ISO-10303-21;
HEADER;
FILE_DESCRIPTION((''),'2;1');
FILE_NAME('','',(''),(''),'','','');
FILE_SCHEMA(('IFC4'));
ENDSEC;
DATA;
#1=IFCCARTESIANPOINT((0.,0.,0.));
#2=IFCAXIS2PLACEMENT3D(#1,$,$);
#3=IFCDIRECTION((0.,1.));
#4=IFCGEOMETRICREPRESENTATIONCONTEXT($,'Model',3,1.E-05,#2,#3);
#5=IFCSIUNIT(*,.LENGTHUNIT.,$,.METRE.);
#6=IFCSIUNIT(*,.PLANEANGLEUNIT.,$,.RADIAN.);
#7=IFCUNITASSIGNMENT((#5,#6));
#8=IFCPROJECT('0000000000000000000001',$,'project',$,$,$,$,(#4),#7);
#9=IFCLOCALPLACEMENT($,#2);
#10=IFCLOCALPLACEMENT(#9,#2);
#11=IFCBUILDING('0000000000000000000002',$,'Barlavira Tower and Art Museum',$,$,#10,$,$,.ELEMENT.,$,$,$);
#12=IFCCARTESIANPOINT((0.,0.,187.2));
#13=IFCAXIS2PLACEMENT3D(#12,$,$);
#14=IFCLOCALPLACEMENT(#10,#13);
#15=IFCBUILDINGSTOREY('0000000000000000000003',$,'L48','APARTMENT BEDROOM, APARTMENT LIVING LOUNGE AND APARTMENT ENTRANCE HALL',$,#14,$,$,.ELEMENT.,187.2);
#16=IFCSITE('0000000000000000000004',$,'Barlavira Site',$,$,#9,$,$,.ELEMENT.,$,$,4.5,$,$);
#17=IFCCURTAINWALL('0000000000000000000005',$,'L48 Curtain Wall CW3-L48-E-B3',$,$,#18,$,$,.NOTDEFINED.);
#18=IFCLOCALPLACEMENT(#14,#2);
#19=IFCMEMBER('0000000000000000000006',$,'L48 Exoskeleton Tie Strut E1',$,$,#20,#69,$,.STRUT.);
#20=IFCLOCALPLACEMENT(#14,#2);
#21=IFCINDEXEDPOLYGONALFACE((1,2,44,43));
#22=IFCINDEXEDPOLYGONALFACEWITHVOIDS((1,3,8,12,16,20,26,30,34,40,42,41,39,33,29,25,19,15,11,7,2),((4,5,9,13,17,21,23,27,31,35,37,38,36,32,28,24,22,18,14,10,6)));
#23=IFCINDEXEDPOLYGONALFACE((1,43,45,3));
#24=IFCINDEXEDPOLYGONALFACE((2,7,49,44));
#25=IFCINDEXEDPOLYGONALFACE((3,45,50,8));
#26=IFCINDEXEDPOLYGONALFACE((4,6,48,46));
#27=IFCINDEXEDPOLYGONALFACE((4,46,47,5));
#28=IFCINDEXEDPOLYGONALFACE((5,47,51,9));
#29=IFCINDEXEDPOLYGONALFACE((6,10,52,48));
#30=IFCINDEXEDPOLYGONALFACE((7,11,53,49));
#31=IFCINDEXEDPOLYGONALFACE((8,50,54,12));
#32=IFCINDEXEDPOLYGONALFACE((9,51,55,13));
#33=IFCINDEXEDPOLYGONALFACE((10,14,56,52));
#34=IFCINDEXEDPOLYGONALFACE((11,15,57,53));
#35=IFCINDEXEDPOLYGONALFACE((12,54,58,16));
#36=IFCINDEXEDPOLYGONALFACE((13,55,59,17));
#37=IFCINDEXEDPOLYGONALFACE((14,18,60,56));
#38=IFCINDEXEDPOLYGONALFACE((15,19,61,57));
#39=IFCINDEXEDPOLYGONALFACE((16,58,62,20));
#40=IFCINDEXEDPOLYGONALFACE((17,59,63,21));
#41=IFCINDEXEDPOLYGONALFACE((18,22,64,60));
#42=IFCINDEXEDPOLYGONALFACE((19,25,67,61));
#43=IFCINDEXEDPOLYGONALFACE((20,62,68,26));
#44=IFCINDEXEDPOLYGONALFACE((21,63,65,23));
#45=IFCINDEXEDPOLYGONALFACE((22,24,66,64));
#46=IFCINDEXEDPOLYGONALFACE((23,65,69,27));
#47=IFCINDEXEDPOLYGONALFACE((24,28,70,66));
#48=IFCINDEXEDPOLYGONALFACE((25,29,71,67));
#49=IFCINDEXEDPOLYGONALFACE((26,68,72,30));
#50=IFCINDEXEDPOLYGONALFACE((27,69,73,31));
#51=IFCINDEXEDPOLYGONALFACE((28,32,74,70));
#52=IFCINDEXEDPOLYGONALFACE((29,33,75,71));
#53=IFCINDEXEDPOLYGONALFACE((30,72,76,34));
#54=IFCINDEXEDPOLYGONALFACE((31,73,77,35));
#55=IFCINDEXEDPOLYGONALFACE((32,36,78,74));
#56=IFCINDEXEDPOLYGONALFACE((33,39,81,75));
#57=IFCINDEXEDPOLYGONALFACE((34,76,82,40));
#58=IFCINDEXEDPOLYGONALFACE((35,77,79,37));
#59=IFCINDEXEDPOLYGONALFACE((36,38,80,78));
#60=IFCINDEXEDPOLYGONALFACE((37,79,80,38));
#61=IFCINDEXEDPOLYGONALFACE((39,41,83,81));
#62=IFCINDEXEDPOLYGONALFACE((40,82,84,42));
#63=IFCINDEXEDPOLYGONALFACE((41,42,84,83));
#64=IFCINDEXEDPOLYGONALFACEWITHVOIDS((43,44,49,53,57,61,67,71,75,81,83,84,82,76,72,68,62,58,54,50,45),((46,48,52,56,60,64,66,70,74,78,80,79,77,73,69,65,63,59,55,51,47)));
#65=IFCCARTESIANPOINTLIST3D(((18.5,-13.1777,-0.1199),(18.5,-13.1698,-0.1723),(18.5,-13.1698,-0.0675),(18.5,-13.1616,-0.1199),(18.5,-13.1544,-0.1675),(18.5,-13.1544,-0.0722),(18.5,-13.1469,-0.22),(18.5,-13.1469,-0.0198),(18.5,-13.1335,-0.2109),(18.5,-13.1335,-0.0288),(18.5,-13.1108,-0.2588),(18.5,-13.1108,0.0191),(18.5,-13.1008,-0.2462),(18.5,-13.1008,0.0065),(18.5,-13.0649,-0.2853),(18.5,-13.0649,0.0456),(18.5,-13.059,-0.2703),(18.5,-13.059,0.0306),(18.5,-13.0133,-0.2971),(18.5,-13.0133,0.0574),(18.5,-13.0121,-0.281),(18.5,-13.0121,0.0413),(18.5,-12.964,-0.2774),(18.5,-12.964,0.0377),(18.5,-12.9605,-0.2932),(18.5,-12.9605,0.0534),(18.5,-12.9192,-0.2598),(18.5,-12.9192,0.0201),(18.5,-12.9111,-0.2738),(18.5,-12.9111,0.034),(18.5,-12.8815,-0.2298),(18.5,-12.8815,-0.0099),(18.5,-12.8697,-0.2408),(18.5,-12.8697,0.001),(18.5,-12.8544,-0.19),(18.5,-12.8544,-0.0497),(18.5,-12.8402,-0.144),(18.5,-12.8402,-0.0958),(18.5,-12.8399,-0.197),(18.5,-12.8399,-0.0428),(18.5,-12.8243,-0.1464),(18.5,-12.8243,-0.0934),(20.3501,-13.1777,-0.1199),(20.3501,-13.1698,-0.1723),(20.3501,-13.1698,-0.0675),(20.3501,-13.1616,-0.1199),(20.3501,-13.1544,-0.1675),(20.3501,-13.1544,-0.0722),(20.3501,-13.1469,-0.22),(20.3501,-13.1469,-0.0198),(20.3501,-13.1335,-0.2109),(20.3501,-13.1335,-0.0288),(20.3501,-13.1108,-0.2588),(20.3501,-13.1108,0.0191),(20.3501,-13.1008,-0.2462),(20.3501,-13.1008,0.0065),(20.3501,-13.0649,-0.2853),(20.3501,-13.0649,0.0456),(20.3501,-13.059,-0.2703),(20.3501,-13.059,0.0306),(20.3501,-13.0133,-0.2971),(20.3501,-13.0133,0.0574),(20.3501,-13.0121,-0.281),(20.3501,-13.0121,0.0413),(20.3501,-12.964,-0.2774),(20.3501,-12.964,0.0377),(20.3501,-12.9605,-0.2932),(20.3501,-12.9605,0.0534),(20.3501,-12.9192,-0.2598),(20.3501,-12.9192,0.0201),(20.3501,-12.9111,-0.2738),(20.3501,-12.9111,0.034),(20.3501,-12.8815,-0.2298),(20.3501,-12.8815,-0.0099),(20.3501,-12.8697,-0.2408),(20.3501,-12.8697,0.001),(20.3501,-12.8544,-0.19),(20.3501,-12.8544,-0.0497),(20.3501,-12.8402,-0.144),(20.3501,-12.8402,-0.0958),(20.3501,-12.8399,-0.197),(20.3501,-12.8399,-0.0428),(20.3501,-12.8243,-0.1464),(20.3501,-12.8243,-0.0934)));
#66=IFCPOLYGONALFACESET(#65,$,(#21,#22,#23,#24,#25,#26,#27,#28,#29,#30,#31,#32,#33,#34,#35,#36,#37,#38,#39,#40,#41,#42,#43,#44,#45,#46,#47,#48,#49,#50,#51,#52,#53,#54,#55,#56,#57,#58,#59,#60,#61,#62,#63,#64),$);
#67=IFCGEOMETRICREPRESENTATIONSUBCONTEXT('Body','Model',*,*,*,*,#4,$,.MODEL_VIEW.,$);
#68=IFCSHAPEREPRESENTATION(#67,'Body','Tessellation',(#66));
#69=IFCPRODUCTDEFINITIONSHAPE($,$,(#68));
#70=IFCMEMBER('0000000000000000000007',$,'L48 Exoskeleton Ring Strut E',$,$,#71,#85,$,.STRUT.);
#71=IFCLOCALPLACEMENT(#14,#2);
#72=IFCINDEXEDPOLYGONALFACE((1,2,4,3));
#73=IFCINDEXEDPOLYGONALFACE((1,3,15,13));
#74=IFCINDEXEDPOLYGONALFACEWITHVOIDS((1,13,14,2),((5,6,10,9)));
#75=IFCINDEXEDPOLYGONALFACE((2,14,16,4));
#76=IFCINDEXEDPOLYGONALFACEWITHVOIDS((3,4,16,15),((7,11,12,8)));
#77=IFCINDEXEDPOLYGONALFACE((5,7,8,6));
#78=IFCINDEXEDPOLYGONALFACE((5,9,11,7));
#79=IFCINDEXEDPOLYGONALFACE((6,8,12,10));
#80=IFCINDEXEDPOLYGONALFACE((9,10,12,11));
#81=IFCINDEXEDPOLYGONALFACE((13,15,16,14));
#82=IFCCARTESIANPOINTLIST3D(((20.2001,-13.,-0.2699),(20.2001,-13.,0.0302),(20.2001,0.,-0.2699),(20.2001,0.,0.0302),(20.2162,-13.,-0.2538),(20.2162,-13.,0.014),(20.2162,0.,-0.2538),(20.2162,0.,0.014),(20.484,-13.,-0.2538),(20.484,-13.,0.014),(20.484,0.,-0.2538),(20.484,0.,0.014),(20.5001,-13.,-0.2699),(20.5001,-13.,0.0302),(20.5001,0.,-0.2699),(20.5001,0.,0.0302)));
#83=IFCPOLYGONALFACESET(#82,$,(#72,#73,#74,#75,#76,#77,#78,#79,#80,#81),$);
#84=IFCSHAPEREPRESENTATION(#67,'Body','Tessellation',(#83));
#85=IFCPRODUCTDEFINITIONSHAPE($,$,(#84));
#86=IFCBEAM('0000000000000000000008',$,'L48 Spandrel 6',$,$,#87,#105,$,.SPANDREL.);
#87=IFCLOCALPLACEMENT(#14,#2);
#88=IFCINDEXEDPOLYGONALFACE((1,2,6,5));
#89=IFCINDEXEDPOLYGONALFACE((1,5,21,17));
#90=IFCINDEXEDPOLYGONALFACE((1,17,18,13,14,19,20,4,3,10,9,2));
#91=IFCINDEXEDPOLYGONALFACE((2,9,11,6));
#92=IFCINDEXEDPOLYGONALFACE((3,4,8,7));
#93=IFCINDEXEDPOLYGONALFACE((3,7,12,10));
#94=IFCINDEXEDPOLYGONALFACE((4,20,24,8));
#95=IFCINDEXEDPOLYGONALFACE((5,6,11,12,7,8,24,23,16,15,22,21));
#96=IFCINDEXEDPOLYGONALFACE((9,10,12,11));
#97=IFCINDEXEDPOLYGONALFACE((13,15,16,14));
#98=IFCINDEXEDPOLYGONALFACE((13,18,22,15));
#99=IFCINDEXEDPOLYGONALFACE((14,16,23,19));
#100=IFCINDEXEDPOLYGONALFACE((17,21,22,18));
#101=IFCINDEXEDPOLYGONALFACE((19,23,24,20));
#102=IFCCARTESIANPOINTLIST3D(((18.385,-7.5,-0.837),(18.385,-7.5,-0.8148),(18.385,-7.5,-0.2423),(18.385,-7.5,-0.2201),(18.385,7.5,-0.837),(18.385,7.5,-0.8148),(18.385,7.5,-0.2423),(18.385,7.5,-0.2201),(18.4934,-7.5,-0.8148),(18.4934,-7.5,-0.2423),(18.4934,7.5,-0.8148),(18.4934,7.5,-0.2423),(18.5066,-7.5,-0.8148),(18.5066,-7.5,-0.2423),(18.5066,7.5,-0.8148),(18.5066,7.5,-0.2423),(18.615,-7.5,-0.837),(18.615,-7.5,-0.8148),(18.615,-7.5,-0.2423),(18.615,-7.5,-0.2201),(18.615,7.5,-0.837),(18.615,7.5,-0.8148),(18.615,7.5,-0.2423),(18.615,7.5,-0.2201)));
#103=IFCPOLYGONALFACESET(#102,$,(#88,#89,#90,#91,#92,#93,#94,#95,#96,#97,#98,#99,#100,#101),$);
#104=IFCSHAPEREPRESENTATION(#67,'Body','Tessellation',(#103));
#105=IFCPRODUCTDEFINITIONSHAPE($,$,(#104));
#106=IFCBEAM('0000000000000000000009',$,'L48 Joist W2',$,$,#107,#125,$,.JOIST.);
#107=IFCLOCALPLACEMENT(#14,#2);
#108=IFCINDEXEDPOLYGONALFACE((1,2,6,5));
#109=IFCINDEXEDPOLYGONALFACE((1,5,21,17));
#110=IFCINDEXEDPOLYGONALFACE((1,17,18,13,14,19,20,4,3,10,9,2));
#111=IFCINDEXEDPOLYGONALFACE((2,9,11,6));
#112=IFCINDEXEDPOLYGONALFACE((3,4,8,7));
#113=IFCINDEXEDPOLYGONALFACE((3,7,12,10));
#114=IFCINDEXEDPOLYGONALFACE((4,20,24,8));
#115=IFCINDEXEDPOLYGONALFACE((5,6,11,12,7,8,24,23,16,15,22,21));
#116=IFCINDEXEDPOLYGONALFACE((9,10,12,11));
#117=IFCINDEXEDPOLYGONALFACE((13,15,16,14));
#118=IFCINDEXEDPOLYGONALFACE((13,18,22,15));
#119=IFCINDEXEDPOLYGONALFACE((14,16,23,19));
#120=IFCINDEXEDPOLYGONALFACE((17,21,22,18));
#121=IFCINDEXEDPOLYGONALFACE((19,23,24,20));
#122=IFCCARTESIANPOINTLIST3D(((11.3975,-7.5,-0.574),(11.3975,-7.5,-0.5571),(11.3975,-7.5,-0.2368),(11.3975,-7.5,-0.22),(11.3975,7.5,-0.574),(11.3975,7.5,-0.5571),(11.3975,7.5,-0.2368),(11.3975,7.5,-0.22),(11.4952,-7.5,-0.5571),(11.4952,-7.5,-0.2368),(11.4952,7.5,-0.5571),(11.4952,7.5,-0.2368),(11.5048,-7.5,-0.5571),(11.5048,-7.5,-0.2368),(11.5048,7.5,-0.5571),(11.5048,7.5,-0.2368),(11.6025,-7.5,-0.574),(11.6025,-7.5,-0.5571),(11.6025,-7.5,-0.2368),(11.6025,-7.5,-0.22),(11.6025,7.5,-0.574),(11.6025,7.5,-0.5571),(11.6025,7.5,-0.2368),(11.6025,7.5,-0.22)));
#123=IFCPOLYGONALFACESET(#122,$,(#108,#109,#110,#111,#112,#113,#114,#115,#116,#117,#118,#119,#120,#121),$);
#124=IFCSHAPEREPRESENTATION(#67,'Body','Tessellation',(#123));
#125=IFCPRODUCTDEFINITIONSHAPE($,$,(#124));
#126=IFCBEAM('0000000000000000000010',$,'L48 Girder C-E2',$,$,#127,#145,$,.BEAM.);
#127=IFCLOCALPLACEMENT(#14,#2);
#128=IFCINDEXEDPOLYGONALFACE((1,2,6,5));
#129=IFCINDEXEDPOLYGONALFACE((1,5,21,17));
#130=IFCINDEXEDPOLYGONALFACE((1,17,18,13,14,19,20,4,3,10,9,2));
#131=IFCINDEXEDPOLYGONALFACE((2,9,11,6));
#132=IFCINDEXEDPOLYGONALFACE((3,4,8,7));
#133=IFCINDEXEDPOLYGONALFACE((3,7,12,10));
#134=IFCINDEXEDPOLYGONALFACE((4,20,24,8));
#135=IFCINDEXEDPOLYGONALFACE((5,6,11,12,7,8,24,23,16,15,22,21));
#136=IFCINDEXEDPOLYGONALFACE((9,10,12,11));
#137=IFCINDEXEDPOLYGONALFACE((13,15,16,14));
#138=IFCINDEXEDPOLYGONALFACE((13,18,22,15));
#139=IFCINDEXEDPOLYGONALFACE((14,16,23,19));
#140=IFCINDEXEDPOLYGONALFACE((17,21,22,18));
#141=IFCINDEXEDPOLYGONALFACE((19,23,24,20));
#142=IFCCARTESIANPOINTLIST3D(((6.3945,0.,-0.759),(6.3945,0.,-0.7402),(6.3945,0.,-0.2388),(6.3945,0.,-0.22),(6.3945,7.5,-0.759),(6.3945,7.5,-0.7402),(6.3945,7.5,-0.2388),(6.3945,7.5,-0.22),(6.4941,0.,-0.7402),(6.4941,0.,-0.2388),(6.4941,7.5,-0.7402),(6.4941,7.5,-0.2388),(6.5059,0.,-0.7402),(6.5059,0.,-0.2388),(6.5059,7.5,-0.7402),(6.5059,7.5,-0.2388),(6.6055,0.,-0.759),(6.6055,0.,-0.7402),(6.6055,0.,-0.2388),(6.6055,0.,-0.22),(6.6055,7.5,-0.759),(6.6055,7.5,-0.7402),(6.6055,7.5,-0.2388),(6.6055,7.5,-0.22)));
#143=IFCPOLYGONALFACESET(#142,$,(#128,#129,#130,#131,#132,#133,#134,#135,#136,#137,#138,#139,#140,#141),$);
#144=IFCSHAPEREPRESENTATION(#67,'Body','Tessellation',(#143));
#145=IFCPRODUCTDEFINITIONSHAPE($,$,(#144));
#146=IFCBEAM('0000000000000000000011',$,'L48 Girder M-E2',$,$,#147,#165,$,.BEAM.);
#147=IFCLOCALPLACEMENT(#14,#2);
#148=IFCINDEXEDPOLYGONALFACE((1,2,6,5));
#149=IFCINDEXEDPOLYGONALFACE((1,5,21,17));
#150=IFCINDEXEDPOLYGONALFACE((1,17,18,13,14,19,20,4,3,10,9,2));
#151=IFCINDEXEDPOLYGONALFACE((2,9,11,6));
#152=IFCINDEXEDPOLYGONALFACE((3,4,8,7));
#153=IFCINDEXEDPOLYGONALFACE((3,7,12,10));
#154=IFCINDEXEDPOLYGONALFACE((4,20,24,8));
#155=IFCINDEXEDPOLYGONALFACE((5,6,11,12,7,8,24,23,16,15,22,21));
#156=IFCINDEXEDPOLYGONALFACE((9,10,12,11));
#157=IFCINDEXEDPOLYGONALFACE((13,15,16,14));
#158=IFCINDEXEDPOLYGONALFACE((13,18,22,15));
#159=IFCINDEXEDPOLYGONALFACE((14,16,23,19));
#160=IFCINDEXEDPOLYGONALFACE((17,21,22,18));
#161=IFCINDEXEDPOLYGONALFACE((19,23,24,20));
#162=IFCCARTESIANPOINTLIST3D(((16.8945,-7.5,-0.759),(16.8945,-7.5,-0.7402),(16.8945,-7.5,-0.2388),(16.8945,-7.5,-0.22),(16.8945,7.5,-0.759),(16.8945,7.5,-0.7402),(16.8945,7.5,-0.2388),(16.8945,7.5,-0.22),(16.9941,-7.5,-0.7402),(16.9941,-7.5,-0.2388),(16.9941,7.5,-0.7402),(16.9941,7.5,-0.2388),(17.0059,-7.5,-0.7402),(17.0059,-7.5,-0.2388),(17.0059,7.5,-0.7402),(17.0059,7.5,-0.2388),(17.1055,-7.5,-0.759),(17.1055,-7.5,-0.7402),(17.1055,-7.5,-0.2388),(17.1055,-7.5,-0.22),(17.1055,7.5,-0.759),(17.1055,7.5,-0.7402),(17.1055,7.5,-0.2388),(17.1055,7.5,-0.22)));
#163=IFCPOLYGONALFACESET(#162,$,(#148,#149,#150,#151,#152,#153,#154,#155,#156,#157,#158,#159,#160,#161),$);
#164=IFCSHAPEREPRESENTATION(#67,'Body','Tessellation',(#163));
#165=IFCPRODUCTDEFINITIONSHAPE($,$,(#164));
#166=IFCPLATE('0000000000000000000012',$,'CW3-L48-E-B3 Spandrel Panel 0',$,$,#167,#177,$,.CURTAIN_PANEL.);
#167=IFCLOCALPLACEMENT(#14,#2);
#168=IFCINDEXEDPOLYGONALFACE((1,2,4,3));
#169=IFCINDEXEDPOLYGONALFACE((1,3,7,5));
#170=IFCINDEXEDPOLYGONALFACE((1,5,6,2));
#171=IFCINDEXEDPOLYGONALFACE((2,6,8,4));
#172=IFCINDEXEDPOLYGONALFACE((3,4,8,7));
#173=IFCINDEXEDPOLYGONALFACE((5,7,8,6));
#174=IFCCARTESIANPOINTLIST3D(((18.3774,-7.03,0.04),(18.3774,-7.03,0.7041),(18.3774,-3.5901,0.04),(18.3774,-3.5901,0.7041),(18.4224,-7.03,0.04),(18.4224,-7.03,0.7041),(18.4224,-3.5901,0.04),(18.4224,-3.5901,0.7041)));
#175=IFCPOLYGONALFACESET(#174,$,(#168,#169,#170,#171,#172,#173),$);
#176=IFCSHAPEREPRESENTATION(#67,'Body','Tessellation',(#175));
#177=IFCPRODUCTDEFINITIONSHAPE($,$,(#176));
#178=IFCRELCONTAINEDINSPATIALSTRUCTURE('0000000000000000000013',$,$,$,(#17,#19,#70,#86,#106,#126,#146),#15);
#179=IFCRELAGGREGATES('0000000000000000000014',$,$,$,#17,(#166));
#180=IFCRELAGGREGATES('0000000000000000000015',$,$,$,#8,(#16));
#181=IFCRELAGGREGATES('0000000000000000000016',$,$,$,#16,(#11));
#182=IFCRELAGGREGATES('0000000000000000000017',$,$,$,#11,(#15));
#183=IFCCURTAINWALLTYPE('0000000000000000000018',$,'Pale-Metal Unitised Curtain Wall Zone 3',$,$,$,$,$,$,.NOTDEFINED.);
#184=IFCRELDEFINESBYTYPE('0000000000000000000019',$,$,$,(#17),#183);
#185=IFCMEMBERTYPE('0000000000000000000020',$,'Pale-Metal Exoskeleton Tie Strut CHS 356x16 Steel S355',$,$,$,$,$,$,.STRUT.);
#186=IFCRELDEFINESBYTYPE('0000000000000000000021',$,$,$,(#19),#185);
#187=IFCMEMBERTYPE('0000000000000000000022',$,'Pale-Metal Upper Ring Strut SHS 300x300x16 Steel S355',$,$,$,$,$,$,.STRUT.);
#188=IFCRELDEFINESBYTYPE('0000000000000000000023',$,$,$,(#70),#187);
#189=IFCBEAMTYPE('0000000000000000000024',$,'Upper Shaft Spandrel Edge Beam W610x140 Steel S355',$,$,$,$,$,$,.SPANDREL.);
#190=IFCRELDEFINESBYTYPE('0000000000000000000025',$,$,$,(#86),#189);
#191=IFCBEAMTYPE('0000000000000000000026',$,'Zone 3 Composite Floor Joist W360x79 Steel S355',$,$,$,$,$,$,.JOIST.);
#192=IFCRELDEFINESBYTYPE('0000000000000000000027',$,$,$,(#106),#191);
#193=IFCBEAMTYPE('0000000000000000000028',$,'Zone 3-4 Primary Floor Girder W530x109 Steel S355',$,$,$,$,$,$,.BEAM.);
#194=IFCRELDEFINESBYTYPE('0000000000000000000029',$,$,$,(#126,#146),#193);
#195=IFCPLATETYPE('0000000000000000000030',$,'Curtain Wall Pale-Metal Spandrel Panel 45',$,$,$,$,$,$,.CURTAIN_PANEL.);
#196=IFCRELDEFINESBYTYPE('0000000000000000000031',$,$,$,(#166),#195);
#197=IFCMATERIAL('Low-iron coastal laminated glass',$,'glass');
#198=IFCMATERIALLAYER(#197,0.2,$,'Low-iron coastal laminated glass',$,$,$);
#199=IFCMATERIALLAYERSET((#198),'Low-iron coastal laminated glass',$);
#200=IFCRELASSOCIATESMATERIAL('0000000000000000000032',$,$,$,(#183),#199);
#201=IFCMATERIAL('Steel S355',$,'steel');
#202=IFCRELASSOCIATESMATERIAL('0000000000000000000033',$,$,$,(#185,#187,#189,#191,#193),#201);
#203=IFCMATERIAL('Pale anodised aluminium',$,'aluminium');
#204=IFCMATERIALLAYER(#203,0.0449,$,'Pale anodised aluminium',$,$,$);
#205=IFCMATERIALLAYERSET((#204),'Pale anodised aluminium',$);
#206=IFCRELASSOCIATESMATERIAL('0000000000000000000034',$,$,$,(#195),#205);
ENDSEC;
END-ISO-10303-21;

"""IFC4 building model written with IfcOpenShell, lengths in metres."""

from ifc_helpers import new_model, si_unit, direction, frame, origin, origin_2d, place, context, subcontext, project, spatial, rectangle, hollow_rectangle, hollow_circle, i_section, extrude, material, layer, layer_set, material_profile, profile_set, type_object, element, aggregate, save


model = new_model("IFC4")

# Units and contexts
model_context = context("Model", 3, precision=1e-05, world=origin(), true_north=direction((0.0, 1.0)))
body_context = subcontext(model_context, "Body", "Model", "MODEL_VIEW")
ifc_project = project(units=[si_unit("LENGTHUNIT", "METRE"), si_unit("PLANEANGLEUNIT", "RADIAN")], contexts=[model_context])

# Site, building, storey
site_placement = place(None, origin())
site = spatial("IfcSite", under=ifc_project, at=site_placement, Name="Barlavira Site", CompositionType="ELEMENT", RefElevation=4.5)
building_placement = place(site_placement, origin())
building = spatial("IfcBuilding", under=site, at=building_placement, Name="Barlavira Tower and Art Museum", CompositionType="ELEMENT")
storey_placement = place(building_placement, frame((0.0, 0.0, 187.2)))
storey = spatial("IfcBuildingStorey", under=building, at=storey_placement, Name="L48", Description="APARTMENT BEDROOM, APARTMENT LIVING LOUNGE AND APARTMENT ENTRANCE HALL", CompositionType="ELEMENT", Elevation=187.2)

# Curtain wall
ifc_material_1 = material(Name="Low-iron coastal laminated glass", Category="glass")
ifc_layer_1 = layer(ifc_material_1, 0.2, Name="Low-iron coastal laminated glass")
ifc_layer_set_1 = layer_set([ifc_layer_1], Name="Low-iron coastal laminated glass")
curtain_wall_type = type_object("IfcCurtainWallType", Name="Pale-Metal Unitised Curtain Wall Zone 3", PredefinedType="NOTDEFINED", material=ifc_layer_set_1)
curtain_wall_placement = place(storey_placement, origin())
curtain_wall = element("IfcCurtainWall", 1, at=curtain_wall_placement, inside=storey, type_object=curtain_wall_type, Name="L48 Curtain Wall CW3-L48-E-B3", PredefinedType="NOTDEFINED")
ifc_material_2 = material(Name="Pale anodised aluminium", Category="aluminium")

# Members
ifc_material_3 = material(Name="Steel S355", Category="steel")
ifc_material_profile_1 = material_profile(ifc_material_3, hollow_circle(Radius=0.1777, WallThickness=0.0161, at=origin_2d()), Name="CHS 355.6x16.0")
ifc_profile_set_1 = profile_set([ifc_material_profile_1], Name="Steel S355")
member_type_1 = type_object("IfcMemberType", Name="Pale-Metal Exoskeleton Tie Strut CHS 356x16 Steel S355", PredefinedType="STRUT", material=ifc_profile_set_1)
member_1_placement = place(storey_placement, frame((20.3501, -13.0, -0.1199), z_axis=(-1.0, 0.0, 0.0), x_axis=(0.0, -1.0, 0.0)))
element("IfcMember", 2, at=member_1_placement, inside=storey, type_object=member_type_1, Name="L48 Exoskeleton Tie Strut E1", PredefinedType="STRUT", context=body_context, shape_type="SweptSolid", body=[
    extrude(hollow_circle(Radius=0.1777, WallThickness=0.0161, at=origin_2d()), origin(), (0.0, 0.0, 1.0), 1.8501),
])
ifc_material_profile_2 = material_profile(ifc_material_3, hollow_rectangle(XDim=0.3, YDim=0.3, WallThickness=0.0161, at=origin_2d()), Name="SHS 300x300x16.0")
ifc_profile_set_2 = profile_set([ifc_material_profile_2], Name="Steel S355")
member_type_2 = type_object("IfcMemberType", Name="Pale-Metal Upper Ring Strut SHS 300x300x16 Steel S355", PredefinedType="STRUT", material=ifc_profile_set_2)
member_2_placement = place(storey_placement, frame((20.3501, -13.0, -0.1199), z_axis=(0.0, 1.0, 0.0), x_axis=(-1.0, 0.0, 0.0)))
element("IfcMember", 3, at=member_2_placement, inside=storey, type_object=member_type_2, Name="L48 Exoskeleton Ring Strut E", PredefinedType="STRUT", context=body_context, shape_type="SweptSolid", body=[
    extrude(hollow_rectangle(XDim=0.3, YDim=0.3, WallThickness=0.0161, at=origin_2d()), origin(), (0.0, 0.0, 1.0), 13.0),
])

# Beams
ifc_material_profile_3 = material_profile(ifc_material_3, i_section(OverallWidth=0.23, OverallDepth=0.6169, WebThickness=0.0132, FlangeThickness=0.0222, at=origin_2d()), Name="W610x140.0")
ifc_profile_set_3 = profile_set([ifc_material_profile_3], Name="Steel S355")
beam_type_1 = type_object("IfcBeamType", Name="Upper Shaft Spandrel Edge Beam W610x140 Steel S355", PredefinedType="SPANDREL", material=ifc_profile_set_3)
beam_1_placement = place(storey_placement, frame((18.5, -7.5, -0.5286), z_axis=(0.0, 1.0, 0.0), x_axis=(-1.0, 0.0, 0.0)))
element("IfcBeam", 4, at=beam_1_placement, inside=storey, type_object=beam_type_1, Name="L48 Spandrel 6", PredefinedType="SPANDREL", context=body_context, shape_type="SweptSolid", body=[
    extrude(i_section(OverallWidth=0.23, OverallDepth=0.6169, WebThickness=0.0132, FlangeThickness=0.0222, at=origin_2d()), origin(), (0.0, 0.0, 1.0), 15.0),
])
ifc_material_profile_4 = material_profile(ifc_material_3, i_section(OverallWidth=0.2051, OverallDepth=0.354, WebThickness=0.0095, FlangeThickness=0.0168, at=origin_2d()), Name="W360x79.0")
ifc_profile_set_4 = profile_set([ifc_material_profile_4], Name="Steel S355")
beam_type_2 = type_object("IfcBeamType", Name="Zone 3 Composite Floor Joist W360x79 Steel S355", PredefinedType="JOIST", material=ifc_profile_set_4)
beam_2_placement = place(storey_placement, frame((11.5, -7.5, -0.397), z_axis=(0.0, 1.0, 0.0), x_axis=(-1.0, 0.0, 0.0)))
element("IfcBeam", 5, at=beam_2_placement, inside=storey, type_object=beam_type_2, Name="L48 Joist W2", PredefinedType="JOIST", context=body_context, shape_type="SweptSolid", body=[
    extrude(i_section(OverallWidth=0.2051, OverallDepth=0.354, WebThickness=0.0095, FlangeThickness=0.0168, at=origin_2d()), origin(), (0.0, 0.0, 1.0), 15.0),
])
ifc_material_profile_5 = material_profile(ifc_material_3, i_section(OverallWidth=0.2109, OverallDepth=0.5391, WebThickness=0.0117, FlangeThickness=0.0188, at=origin_2d()), Name="W530x109.0")
ifc_profile_set_5 = profile_set([ifc_material_profile_5], Name="Steel S355")
beam_type_3 = type_object("IfcBeamType", Name="Zone 3-4 Primary Floor Girder W530x109 Steel S355", PredefinedType="BEAM", material=ifc_profile_set_5)
beam_3_placement = place(storey_placement, frame((6.5, 0.0, -0.4895), z_axis=(0.0, 1.0, 0.0), x_axis=(-1.0, 0.0, 0.0)))
element("IfcBeam", 6, at=beam_3_placement, inside=storey, type_object=beam_type_3, Name="L48 Girder C-E2", PredefinedType="BEAM", context=body_context, shape_type="SweptSolid", body=[
    extrude(i_section(OverallWidth=0.2109, OverallDepth=0.5391, WebThickness=0.0117, FlangeThickness=0.0188, at=origin_2d()), origin(), (0.0, 0.0, 1.0), 7.5),
])
beam_4_placement = place(storey_placement, frame((17.0, -7.5, -0.4895), z_axis=(0.0, 1.0, 0.0), x_axis=(-1.0, 0.0, 0.0)))
element("IfcBeam", 7, at=beam_4_placement, inside=storey, type_object=beam_type_3, Name="L48 Girder M-E2", PredefinedType="BEAM", context=body_context, shape_type="SweptSolid", body=[
    extrude(i_section(OverallWidth=0.2109, OverallDepth=0.5391, WebThickness=0.0117, FlangeThickness=0.0188, at=origin_2d()), origin(), (0.0, 0.0, 1.0), 15.0),
])

# Plate
ifc_layer_2 = layer(ifc_material_2, 0.0449, Name="Pale anodised aluminium")
ifc_layer_set_2 = layer_set([ifc_layer_2], Name="Pale anodised aluminium")
plate_type_1 = type_object("IfcPlateType", Name="Curtain Wall Pale-Metal Spandrel Panel 45", PredefinedType="CURTAIN_PANEL", material=ifc_layer_set_2)
plate_1_placement = place(storey_placement, frame((18.3999, -5.3101, 0.04), z_axis=(0.0, 0.0, 1.0), x_axis=(0.0, 1.0, 0.0)))
plate_1 = element("IfcPlate", 8, at=plate_1_placement, type_object=plate_type_1, Name="CW3-L48-E-B3 Spandrel Panel 0", PredefinedType="CURTAIN_PANEL", context=body_context, shape_type="SweptSolid", body=[
    extrude(rectangle(XDim=3.4399, YDim=0.0449, at=origin_2d()), origin(), (0.0, 0.0, 1.0), 0.6641),
])
aggregate(curtain_wall, [plate_1])

save(model, "model.ifc")
